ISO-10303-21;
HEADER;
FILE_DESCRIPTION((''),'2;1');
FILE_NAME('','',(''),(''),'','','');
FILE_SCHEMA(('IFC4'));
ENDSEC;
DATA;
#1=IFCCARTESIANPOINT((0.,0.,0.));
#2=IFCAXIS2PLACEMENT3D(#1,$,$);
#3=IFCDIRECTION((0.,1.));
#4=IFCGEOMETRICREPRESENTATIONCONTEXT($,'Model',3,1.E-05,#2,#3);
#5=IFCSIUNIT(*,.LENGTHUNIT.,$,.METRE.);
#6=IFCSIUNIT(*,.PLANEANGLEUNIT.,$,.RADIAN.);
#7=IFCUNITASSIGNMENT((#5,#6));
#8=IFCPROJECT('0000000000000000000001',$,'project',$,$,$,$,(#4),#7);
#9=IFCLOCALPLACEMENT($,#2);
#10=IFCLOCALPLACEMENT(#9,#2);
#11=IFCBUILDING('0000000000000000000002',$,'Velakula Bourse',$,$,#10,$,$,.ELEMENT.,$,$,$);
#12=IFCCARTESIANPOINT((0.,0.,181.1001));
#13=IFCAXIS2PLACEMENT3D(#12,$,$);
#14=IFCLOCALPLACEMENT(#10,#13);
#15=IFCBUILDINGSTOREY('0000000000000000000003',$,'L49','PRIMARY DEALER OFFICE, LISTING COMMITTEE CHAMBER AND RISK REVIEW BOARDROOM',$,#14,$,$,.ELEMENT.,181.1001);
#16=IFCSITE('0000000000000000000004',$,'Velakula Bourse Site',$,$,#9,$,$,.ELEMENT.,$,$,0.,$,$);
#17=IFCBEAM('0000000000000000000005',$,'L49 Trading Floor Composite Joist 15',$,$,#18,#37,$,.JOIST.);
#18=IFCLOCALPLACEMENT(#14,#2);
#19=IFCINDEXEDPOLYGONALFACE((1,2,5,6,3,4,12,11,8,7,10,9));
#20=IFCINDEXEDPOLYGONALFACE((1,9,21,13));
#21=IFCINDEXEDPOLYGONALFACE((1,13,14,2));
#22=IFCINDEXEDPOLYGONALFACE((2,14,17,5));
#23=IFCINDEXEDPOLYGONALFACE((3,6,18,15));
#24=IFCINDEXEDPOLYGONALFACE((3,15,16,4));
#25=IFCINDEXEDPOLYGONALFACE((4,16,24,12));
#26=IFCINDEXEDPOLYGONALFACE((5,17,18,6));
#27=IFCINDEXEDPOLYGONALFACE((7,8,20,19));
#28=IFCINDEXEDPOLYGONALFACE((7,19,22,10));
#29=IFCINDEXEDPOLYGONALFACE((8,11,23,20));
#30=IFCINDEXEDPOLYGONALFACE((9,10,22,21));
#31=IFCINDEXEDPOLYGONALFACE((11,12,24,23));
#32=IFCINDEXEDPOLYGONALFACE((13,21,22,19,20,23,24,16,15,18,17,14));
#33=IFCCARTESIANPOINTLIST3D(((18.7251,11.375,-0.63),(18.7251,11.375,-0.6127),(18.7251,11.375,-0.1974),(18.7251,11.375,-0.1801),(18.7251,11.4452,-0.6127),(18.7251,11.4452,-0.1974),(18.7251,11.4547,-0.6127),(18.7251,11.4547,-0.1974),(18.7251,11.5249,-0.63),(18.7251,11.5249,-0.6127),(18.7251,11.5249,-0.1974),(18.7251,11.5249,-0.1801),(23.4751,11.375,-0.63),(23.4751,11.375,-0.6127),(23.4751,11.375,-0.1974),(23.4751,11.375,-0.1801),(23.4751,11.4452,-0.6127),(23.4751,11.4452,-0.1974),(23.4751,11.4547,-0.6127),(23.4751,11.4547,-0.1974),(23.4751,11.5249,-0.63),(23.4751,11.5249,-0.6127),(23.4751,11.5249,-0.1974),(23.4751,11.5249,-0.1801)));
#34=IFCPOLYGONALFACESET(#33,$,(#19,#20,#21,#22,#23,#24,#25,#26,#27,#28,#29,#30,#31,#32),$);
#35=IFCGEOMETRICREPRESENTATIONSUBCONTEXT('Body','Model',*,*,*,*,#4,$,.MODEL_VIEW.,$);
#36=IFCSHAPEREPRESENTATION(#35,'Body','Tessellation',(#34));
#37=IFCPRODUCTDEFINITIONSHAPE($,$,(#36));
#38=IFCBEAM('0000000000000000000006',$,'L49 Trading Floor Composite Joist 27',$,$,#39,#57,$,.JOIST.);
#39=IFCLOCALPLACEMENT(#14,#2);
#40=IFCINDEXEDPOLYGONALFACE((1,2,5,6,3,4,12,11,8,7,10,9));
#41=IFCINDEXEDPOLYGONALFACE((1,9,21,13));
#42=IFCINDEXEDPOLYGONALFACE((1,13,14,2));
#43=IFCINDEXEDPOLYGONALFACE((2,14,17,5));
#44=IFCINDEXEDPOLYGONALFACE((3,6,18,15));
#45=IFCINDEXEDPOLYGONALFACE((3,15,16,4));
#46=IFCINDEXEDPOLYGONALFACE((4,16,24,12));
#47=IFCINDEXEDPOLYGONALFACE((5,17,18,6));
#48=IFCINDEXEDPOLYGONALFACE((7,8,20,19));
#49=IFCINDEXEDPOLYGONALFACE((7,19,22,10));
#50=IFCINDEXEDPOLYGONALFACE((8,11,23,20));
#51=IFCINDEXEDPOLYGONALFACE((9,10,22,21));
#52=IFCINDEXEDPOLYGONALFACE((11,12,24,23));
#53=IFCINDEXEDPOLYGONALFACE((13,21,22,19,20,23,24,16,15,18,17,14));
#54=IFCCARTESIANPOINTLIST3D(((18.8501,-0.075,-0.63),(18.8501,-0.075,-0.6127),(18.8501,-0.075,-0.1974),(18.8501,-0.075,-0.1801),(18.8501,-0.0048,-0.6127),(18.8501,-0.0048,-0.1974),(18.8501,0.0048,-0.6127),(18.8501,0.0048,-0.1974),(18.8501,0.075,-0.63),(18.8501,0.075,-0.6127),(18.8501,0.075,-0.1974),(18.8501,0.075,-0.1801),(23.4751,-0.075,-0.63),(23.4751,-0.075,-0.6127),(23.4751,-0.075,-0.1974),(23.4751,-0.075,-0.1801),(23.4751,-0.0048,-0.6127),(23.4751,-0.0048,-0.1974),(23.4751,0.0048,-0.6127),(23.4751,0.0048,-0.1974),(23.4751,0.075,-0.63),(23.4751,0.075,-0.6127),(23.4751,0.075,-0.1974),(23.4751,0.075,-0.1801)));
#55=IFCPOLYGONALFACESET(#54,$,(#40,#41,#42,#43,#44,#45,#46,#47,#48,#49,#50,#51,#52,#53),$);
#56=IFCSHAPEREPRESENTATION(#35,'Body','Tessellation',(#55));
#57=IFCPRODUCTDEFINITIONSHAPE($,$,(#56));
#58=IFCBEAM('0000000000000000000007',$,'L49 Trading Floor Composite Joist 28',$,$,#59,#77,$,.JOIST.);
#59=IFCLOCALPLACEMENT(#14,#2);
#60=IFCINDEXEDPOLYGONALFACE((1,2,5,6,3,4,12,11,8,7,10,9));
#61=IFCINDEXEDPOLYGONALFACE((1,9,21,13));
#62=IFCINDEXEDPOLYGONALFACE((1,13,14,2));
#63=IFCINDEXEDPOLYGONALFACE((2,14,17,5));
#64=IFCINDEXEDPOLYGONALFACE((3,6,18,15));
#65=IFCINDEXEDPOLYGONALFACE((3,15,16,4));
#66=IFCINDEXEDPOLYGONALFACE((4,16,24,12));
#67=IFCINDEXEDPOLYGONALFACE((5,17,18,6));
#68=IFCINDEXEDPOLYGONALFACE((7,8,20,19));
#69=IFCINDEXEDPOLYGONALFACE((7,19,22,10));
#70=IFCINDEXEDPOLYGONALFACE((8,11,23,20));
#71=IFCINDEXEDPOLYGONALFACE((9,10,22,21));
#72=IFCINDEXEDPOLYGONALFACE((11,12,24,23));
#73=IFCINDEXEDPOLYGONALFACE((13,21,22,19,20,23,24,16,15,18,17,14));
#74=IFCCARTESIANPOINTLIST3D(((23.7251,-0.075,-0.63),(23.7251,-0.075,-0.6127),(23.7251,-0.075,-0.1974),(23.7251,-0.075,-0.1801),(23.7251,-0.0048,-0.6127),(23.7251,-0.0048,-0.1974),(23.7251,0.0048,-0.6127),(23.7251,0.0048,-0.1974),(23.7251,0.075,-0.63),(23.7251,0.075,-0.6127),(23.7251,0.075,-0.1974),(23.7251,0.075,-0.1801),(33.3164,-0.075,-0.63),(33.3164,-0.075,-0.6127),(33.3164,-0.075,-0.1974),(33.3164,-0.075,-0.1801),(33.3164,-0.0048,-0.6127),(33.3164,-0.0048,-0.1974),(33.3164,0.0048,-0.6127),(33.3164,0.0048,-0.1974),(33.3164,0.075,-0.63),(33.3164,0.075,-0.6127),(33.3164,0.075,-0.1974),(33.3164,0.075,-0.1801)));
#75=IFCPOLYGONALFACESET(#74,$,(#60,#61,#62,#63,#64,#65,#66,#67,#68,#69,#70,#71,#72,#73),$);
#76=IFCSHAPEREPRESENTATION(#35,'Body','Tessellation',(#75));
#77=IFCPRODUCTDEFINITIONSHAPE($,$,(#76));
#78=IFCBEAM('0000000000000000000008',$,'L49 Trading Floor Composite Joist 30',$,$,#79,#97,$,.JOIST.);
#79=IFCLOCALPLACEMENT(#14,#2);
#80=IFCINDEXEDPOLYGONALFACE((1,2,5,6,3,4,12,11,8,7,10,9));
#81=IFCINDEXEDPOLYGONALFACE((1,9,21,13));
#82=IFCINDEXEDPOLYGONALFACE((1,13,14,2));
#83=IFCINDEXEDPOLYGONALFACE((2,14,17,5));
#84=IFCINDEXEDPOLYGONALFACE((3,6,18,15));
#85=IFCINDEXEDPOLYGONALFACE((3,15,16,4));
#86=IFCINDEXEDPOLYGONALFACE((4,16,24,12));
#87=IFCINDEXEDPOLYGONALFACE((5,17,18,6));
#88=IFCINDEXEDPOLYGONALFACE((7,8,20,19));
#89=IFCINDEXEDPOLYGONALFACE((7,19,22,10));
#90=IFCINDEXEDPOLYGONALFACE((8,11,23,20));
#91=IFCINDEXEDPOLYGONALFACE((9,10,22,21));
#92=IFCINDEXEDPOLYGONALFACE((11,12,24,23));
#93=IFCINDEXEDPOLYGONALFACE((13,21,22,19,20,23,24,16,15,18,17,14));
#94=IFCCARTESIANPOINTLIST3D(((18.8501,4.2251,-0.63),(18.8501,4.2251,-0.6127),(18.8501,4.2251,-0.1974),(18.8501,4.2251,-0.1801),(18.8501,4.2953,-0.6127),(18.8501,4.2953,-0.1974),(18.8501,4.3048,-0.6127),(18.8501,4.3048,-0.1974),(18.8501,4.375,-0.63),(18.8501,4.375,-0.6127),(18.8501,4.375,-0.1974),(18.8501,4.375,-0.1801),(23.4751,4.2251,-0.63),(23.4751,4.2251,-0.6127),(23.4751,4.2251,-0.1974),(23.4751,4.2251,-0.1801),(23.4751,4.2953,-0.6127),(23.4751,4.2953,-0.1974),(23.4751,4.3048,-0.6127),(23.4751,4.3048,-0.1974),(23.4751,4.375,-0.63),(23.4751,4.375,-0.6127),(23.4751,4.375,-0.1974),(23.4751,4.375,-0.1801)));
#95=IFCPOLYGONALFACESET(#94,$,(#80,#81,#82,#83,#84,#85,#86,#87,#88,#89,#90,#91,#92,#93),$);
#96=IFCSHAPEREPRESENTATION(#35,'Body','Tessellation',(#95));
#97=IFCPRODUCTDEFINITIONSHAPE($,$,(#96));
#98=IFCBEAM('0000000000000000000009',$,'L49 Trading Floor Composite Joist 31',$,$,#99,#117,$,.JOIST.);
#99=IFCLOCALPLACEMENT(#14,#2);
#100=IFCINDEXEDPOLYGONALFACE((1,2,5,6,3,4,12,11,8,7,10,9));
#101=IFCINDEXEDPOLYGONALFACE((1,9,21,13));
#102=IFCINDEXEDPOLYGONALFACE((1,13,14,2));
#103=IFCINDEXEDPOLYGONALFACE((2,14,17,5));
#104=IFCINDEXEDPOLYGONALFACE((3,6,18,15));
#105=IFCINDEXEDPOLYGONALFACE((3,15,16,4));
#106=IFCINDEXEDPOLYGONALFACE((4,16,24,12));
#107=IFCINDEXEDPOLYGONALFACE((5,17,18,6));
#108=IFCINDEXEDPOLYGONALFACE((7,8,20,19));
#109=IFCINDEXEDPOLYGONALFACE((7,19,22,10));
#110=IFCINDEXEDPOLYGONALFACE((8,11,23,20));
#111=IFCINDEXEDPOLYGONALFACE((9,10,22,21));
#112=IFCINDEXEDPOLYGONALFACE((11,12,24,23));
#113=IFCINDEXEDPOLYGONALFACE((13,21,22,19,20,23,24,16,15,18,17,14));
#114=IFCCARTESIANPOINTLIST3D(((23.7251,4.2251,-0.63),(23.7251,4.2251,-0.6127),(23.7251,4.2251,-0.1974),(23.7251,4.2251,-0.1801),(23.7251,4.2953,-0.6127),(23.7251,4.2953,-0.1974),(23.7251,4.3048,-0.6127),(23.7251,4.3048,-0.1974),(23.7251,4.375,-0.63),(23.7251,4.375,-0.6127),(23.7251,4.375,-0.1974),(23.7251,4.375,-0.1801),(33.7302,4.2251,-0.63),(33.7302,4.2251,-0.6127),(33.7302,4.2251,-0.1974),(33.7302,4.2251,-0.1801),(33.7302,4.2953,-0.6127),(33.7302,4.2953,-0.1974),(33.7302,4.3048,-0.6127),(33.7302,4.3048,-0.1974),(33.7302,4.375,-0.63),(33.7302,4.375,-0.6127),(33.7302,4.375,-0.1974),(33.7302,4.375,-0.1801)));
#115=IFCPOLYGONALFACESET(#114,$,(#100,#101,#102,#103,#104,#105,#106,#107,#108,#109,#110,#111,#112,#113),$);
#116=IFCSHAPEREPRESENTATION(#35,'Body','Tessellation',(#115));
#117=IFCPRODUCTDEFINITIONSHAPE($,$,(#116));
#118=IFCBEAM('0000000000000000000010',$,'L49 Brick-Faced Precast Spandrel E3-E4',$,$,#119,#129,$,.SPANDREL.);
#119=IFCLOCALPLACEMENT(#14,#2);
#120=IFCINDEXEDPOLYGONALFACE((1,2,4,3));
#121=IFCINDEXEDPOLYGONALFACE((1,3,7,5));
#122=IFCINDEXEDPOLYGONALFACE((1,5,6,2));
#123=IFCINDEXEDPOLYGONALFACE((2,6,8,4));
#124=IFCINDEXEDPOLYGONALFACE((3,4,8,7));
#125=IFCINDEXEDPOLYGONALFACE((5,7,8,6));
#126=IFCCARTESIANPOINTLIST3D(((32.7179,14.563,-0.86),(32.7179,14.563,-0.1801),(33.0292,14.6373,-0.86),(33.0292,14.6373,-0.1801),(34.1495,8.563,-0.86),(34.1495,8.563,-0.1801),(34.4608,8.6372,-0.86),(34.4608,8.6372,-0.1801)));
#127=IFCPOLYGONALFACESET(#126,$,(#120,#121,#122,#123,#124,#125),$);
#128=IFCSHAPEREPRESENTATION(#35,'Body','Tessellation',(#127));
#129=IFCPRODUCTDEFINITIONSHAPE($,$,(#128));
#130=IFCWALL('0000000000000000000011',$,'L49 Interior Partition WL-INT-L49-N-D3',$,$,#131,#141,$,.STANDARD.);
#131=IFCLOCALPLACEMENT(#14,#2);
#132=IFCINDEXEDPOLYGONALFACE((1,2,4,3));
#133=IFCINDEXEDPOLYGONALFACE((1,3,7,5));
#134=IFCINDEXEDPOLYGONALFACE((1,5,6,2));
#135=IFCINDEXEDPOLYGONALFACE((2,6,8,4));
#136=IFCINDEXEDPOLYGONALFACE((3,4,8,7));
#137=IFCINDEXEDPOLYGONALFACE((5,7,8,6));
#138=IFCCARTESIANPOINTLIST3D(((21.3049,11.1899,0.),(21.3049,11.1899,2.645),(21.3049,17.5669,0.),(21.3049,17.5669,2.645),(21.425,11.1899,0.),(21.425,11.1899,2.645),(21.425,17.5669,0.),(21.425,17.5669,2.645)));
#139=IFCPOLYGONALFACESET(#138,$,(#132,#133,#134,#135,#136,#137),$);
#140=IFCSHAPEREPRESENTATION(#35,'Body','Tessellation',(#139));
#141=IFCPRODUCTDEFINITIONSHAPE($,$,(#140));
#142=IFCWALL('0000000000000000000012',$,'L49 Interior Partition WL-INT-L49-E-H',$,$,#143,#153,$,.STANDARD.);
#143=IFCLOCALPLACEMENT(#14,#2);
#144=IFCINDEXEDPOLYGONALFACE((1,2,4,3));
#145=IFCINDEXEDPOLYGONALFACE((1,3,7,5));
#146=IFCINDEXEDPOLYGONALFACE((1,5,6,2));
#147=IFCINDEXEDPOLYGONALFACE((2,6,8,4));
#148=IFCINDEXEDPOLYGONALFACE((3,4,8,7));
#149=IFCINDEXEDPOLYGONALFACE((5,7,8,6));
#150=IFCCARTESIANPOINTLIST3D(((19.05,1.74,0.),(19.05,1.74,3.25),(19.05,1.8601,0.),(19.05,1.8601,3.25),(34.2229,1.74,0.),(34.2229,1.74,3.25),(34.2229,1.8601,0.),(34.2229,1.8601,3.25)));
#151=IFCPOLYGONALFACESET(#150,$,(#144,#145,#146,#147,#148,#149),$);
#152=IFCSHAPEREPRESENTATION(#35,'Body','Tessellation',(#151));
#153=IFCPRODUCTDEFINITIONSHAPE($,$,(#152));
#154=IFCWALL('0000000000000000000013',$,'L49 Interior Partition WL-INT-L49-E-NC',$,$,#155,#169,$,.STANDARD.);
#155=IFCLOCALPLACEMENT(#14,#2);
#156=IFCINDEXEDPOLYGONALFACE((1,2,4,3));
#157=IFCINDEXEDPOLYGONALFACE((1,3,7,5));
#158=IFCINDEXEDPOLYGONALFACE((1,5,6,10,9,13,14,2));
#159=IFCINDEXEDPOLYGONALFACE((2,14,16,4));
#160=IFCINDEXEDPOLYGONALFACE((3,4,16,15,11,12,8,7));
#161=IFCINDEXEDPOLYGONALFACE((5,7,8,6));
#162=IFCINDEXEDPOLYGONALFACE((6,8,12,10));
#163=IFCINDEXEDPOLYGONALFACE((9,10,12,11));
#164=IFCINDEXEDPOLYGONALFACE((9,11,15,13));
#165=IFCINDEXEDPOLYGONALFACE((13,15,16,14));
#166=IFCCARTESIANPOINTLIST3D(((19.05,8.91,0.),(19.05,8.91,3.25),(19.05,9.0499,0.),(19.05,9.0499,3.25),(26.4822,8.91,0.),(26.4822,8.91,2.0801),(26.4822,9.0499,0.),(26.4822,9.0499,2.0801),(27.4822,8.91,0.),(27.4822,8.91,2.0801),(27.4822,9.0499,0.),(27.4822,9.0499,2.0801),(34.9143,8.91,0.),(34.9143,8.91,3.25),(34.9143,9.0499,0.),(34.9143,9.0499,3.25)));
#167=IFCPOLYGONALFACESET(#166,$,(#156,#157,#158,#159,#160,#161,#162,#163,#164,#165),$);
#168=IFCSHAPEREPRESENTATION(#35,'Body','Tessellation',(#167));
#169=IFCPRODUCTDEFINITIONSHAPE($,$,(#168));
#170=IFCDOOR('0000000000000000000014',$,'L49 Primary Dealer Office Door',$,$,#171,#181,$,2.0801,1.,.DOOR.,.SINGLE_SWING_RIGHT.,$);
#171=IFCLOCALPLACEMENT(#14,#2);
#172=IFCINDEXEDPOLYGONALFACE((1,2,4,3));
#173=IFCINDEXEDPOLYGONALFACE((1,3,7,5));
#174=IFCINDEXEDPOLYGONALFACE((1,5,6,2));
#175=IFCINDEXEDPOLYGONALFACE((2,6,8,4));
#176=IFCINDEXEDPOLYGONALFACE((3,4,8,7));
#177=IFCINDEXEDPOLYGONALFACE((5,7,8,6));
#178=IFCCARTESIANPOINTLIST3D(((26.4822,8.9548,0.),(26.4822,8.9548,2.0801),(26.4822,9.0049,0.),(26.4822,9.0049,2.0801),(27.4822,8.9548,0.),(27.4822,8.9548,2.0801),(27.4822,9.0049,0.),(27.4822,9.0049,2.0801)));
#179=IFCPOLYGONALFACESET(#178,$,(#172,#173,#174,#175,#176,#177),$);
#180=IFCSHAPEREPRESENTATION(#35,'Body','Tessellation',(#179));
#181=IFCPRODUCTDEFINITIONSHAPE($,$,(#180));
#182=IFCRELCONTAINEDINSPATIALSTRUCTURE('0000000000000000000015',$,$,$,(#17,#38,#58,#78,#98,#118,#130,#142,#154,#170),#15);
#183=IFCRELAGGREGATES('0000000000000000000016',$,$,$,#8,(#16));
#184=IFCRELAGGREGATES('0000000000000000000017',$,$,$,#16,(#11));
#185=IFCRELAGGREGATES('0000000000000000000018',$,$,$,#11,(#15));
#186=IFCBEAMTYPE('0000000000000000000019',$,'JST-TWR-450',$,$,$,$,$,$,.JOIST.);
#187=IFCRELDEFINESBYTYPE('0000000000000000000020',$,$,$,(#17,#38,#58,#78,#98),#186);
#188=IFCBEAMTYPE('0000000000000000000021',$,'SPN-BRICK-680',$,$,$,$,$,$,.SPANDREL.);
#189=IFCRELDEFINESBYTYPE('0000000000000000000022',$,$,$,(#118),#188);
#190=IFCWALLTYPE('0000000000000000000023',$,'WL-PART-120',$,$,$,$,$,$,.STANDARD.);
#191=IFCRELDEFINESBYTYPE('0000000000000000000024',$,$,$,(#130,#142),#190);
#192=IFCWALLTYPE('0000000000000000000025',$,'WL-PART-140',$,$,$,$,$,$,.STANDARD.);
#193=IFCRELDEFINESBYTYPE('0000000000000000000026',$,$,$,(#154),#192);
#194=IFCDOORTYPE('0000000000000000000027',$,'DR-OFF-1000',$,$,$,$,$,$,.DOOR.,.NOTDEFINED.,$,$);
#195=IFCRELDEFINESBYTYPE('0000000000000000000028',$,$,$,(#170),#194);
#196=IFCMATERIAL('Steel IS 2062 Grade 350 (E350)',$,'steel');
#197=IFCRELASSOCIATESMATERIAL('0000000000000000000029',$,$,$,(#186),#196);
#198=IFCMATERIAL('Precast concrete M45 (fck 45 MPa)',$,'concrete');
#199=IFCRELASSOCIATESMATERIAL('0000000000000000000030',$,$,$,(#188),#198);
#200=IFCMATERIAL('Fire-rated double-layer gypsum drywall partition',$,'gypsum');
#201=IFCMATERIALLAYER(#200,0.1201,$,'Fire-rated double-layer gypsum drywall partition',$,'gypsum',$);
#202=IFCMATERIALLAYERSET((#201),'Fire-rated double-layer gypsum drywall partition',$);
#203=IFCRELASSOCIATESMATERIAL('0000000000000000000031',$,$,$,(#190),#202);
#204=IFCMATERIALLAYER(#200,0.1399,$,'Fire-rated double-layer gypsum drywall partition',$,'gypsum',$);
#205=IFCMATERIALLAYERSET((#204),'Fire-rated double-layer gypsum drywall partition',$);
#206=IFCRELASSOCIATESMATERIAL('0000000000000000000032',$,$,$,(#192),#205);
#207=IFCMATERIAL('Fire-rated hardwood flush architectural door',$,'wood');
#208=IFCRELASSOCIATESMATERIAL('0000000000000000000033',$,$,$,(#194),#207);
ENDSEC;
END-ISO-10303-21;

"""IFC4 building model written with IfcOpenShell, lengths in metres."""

from ifc_helpers import new_model, si_unit, direction, frame, frame_2d, origin, origin_2d, place, context, subcontext, project, spatial, rectangle, i_section, extrude, material, layer, layer_set, material_profile, profile_set, type_object, element, fill, save


model = new_model("IFC4")

# Units and contexts
model_context = context("Model", 3, precision=1e-05, world=origin(), true_north=direction((0.0, 1.0)))
body_context = subcontext(model_context, "Body", "Model", "MODEL_VIEW")
ifc_project = project(units=[si_unit("LENGTHUNIT", "METRE"), si_unit("PLANEANGLEUNIT", "RADIAN")], contexts=[model_context])

# Site, building, storey
site_placement = place(None, origin())
site = spatial("IfcSite", under=ifc_project, at=site_placement, Name="Velakula Bourse Site", CompositionType="ELEMENT", RefElevation=0.0)
building_placement = place(site_placement, origin())
building = spatial("IfcBuilding", under=site, at=building_placement, Name="Velakula Bourse", CompositionType="ELEMENT")
storey_placement = place(building_placement, frame((0.0, 0.0, 181.1001)))
storey = spatial("IfcBuildingStorey", under=building, at=storey_placement, Name="L49", Description="PRIMARY DEALER OFFICE, LISTING COMMITTEE CHAMBER AND RISK REVIEW BOARDROOM", CompositionType="ELEMENT", Elevation=181.1001)

# Shared definitions
ifc_material_1 = material(Name="Steel IS 2062 Grade 350 (E350)", Category="steel")

# Beams
ifc_material_profile_1 = material_profile(ifc_material_1, i_section(OverallWidth=0.1499, OverallDepth=0.45, WebThickness=0.0095, FlangeThickness=0.0173, at=origin_2d()), Name="Steel IS 2062 Grade 350 (E350)")
ifc_profile_set_1 = profile_set([ifc_material_profile_1], Name="Steel IS 2062 Grade 350 (E350)")
beam_type_1 = type_object("IfcBeamType", Name="JST-TWR-450", PredefinedType="JOIST", material=ifc_profile_set_1)
beam_1_placement = place(storey_placement, frame((18.7251, 11.45, -0.405), z_axis=(1.0, 0.0, 0.0), x_axis=(0.0, 1.0, 0.0)))
element("IfcBeam", 1, at=beam_1_placement, inside=storey, type_object=beam_type_1, Name="L49 Trading Floor Composite Joist 15", PredefinedType="JOIST", context=body_context, shape_type="SweptSolid", body=[
    extrude(i_section(OverallWidth=0.1499, OverallDepth=0.45, WebThickness=0.0095, FlangeThickness=0.0173, at=origin_2d()), origin(), (0.0, 0.0, 1.0), 4.75),
])
beam_2_placement = place(storey_placement, frame((18.8501, 0.0, -0.405), z_axis=(1.0, 0.0, 0.0), x_axis=(0.0, 1.0, 0.0)))
element("IfcBeam", 2, at=beam_2_placement, inside=storey, type_object=beam_type_1, Name="L49 Trading Floor Composite Joist 27", PredefinedType="JOIST", context=body_context, shape_type="SweptSolid", body=[
    extrude(i_section(OverallWidth=0.1499, OverallDepth=0.45, WebThickness=0.0095, FlangeThickness=0.0173, at=origin_2d()), origin(), (0.0, 0.0, 1.0), 4.625),
])
beam_3_placement = place(storey_placement, frame((23.7251, 0.0, -0.405), z_axis=(1.0, 0.0, 0.0), x_axis=(0.0, 1.0, 0.0)))
element("IfcBeam", 3, at=beam_3_placement, inside=storey, type_object=beam_type_1, Name="L49 Trading Floor Composite Joist 28", PredefinedType="JOIST", context=body_context, shape_type="SweptSolid", body=[
    extrude(i_section(OverallWidth=0.1499, OverallDepth=0.45, WebThickness=0.0095, FlangeThickness=0.0173, at=origin_2d()), origin(), (0.0, 0.0, 1.0), 9.5913),
])
beam_4_placement = place(storey_placement, frame((18.8501, 4.3, -0.405), z_axis=(1.0, 0.0, 0.0), x_axis=(0.0, 1.0, 0.0)))
element("IfcBeam", 4, at=beam_4_placement, inside=storey, type_object=beam_type_1, Name="L49 Trading Floor Composite Joist 30", PredefinedType="JOIST", context=body_context, shape_type="SweptSolid", body=[
    extrude(i_section(OverallWidth=0.1499, OverallDepth=0.45, WebThickness=0.0095, FlangeThickness=0.0173, at=origin_2d()), origin(), (0.0, 0.0, 1.0), 4.625),
])
beam_5_placement = place(storey_placement, frame((23.7251, 4.3, -0.405), z_axis=(1.0, 0.0, 0.0), x_axis=(0.0, 1.0, 0.0)))
element("IfcBeam", 5, at=beam_5_placement, inside=storey, type_object=beam_type_1, Name="L49 Trading Floor Composite Joist 31", PredefinedType="JOIST", context=body_context, shape_type="SweptSolid", body=[
    extrude(i_section(OverallWidth=0.1499, OverallDepth=0.45, WebThickness=0.0095, FlangeThickness=0.0173, at=origin_2d()), origin(), (0.0, 0.0, 1.0), 10.0051),
])
ifc_material_2 = material(Name="Precast concrete M45 (fck 45 MPa)", Category="concrete")
ifc_material_profile_2 = material_profile(ifc_material_2, rectangle(XDim=0.3201, YDim=0.6799, at=origin_2d()), Name="Precast concrete M45 (fck 45 MPa)")
ifc_profile_set_2 = profile_set([ifc_material_profile_2], Name="Precast concrete M45 (fck 45 MPa)")
beam_type_2 = type_object("IfcBeamType", Name="SPN-BRICK-680", PredefinedType="SPANDREL", material=ifc_profile_set_2)
beam_6_placement = place(storey_placement, frame((34.3052, 8.6001, -0.52), z_axis=(-0.232091, 0.972694, 0.0), x_axis=(-0.972694, -0.232091, 0.0)))
element("IfcBeam", 6, at=beam_6_placement, inside=storey, type_object=beam_type_2, Name="L49 Brick-Faced Precast Spandrel E3-E4", PredefinedType="SPANDREL", context=body_context, shape_type="SweptSolid", body=[
    extrude(rectangle(XDim=0.3201, YDim=0.6799, at=origin_2d()), origin(), (0.0, 0.0, 1.0), 6.1685),
])

# Walls
ifc_material_3 = material(Name="Fire-rated double-layer gypsum drywall partition", Category="gypsum")
ifc_layer_1 = layer(ifc_material_3, 0.1201, Name="Fire-rated double-layer gypsum drywall partition", Category="gypsum")
ifc_layer_set_1 = layer_set([ifc_layer_1], Name="Fire-rated double-layer gypsum drywall partition")
wall_type_1 = type_object("IfcWallType", Name="WL-PART-120", PredefinedType="STANDARD", material=ifc_layer_set_1)
wall_1_placement = place(storey_placement, frame((21.365, 11.1899, 0.0), z_axis=(0.0, 0.0, 1.0), x_axis=(0.0, 1.0, 0.0)))
element("IfcWall", 7, at=wall_1_placement, inside=storey, type_object=wall_type_1, Name="L49 Interior Partition WL-INT-L49-N-D3", PredefinedType="STANDARD", context=body_context, shape_type="SweptSolid", body=[
    extrude(rectangle(XDim=6.377, YDim=0.1201, at=frame_2d((3.1885, 0.0))), origin(), (0.0, 0.0, 1.0), 2.645),
])
wall_2_placement = place(storey_placement, frame((19.05, 1.8, 0.0), z_axis=(0.0, 0.0, 1.0), x_axis=(1.0, 0.0, 0.0)))
element("IfcWall", 8, at=wall_2_placement, inside=storey, type_object=wall_type_1, Name="L49 Interior Partition WL-INT-L49-E-H", PredefinedType="STANDARD", context=body_context, shape_type="SweptSolid", body=[
    extrude(rectangle(XDim=15.1729, YDim=0.1201, at=frame_2d((7.5864, 0.0))), origin(), (0.0, 0.0, 1.0), 3.25),
])

# Wall, opening, door
ifc_layer_2 = layer(ifc_material_3, 0.1399, Name="Fire-rated double-layer gypsum drywall partition", Category="gypsum")
ifc_layer_set_2 = layer_set([ifc_layer_2], Name="Fire-rated double-layer gypsum drywall partition")
wall_type_2 = type_object("IfcWallType", Name="WL-PART-140", PredefinedType="STANDARD", material=ifc_layer_set_2)
wall_3_placement = place(storey_placement, frame((19.05, 8.98, 0.0), z_axis=(0.0, 0.0, 1.0), x_axis=(1.0, 0.0, 0.0)))
wall_3 = element("IfcWall", 9, at=wall_3_placement, inside=storey, type_object=wall_type_2, Name="L49 Interior Partition WL-INT-L49-E-NC", PredefinedType="STANDARD", context=body_context, shape_type="SweptSolid", body=[
    extrude(rectangle(XDim=15.8643, YDim=0.1399, at=frame_2d((7.9321, 0.0))), origin(), (0.0, 0.0, 1.0), 3.25),
])
opening_placement = place(wall_3_placement, frame((7.4321, 0.0, 0.0)))
opening = element("IfcOpeningElement", 10, at=opening_placement, cuts=wall_3, PredefinedType="OPENING", context=body_context, shape_type="SweptSolid", body=[
    extrude(rectangle(XDim=1.0, YDim=2.0801, at=frame_2d((0.5, 1.04))), frame((0.0, 0.0798, 0.0), z_axis=(0.0, -1.0, 0.0), x_axis=(1.0, 0.0, 0.0)), (0.0, 0.0, 1.0), 0.1599),
])
ifc_material_4 = material(Name="Fire-rated hardwood flush architectural door", Category="wood")
door_type = type_object("IfcDoorType", Name="DR-OFF-1000", OperationType="NOTDEFINED", PredefinedType="DOOR", material=ifc_material_4)
door_placement = place(opening_placement, origin())
door = element("IfcDoor", 11, at=door_placement, inside=storey, type_object=door_type, Name="L49 Primary Dealer Office Door", OperationType="SINGLE_SWING_RIGHT", OverallHeight=2.0801, OverallWidth=1.0, PredefinedType="DOOR", context=body_context, shape_type="SweptSolid", body=[
    extrude(rectangle(XDim=1.0, YDim=2.0801, at=frame_2d((0.5, 1.04))), frame((0.0, 0.0249, 0.0), z_axis=(0.0, -1.0, 0.0), x_axis=(1.0, 0.0, 0.0)), (0.0, 0.0, 1.0), 0.05),
])
fill(opening, door)

save(model, "model.ifc")
